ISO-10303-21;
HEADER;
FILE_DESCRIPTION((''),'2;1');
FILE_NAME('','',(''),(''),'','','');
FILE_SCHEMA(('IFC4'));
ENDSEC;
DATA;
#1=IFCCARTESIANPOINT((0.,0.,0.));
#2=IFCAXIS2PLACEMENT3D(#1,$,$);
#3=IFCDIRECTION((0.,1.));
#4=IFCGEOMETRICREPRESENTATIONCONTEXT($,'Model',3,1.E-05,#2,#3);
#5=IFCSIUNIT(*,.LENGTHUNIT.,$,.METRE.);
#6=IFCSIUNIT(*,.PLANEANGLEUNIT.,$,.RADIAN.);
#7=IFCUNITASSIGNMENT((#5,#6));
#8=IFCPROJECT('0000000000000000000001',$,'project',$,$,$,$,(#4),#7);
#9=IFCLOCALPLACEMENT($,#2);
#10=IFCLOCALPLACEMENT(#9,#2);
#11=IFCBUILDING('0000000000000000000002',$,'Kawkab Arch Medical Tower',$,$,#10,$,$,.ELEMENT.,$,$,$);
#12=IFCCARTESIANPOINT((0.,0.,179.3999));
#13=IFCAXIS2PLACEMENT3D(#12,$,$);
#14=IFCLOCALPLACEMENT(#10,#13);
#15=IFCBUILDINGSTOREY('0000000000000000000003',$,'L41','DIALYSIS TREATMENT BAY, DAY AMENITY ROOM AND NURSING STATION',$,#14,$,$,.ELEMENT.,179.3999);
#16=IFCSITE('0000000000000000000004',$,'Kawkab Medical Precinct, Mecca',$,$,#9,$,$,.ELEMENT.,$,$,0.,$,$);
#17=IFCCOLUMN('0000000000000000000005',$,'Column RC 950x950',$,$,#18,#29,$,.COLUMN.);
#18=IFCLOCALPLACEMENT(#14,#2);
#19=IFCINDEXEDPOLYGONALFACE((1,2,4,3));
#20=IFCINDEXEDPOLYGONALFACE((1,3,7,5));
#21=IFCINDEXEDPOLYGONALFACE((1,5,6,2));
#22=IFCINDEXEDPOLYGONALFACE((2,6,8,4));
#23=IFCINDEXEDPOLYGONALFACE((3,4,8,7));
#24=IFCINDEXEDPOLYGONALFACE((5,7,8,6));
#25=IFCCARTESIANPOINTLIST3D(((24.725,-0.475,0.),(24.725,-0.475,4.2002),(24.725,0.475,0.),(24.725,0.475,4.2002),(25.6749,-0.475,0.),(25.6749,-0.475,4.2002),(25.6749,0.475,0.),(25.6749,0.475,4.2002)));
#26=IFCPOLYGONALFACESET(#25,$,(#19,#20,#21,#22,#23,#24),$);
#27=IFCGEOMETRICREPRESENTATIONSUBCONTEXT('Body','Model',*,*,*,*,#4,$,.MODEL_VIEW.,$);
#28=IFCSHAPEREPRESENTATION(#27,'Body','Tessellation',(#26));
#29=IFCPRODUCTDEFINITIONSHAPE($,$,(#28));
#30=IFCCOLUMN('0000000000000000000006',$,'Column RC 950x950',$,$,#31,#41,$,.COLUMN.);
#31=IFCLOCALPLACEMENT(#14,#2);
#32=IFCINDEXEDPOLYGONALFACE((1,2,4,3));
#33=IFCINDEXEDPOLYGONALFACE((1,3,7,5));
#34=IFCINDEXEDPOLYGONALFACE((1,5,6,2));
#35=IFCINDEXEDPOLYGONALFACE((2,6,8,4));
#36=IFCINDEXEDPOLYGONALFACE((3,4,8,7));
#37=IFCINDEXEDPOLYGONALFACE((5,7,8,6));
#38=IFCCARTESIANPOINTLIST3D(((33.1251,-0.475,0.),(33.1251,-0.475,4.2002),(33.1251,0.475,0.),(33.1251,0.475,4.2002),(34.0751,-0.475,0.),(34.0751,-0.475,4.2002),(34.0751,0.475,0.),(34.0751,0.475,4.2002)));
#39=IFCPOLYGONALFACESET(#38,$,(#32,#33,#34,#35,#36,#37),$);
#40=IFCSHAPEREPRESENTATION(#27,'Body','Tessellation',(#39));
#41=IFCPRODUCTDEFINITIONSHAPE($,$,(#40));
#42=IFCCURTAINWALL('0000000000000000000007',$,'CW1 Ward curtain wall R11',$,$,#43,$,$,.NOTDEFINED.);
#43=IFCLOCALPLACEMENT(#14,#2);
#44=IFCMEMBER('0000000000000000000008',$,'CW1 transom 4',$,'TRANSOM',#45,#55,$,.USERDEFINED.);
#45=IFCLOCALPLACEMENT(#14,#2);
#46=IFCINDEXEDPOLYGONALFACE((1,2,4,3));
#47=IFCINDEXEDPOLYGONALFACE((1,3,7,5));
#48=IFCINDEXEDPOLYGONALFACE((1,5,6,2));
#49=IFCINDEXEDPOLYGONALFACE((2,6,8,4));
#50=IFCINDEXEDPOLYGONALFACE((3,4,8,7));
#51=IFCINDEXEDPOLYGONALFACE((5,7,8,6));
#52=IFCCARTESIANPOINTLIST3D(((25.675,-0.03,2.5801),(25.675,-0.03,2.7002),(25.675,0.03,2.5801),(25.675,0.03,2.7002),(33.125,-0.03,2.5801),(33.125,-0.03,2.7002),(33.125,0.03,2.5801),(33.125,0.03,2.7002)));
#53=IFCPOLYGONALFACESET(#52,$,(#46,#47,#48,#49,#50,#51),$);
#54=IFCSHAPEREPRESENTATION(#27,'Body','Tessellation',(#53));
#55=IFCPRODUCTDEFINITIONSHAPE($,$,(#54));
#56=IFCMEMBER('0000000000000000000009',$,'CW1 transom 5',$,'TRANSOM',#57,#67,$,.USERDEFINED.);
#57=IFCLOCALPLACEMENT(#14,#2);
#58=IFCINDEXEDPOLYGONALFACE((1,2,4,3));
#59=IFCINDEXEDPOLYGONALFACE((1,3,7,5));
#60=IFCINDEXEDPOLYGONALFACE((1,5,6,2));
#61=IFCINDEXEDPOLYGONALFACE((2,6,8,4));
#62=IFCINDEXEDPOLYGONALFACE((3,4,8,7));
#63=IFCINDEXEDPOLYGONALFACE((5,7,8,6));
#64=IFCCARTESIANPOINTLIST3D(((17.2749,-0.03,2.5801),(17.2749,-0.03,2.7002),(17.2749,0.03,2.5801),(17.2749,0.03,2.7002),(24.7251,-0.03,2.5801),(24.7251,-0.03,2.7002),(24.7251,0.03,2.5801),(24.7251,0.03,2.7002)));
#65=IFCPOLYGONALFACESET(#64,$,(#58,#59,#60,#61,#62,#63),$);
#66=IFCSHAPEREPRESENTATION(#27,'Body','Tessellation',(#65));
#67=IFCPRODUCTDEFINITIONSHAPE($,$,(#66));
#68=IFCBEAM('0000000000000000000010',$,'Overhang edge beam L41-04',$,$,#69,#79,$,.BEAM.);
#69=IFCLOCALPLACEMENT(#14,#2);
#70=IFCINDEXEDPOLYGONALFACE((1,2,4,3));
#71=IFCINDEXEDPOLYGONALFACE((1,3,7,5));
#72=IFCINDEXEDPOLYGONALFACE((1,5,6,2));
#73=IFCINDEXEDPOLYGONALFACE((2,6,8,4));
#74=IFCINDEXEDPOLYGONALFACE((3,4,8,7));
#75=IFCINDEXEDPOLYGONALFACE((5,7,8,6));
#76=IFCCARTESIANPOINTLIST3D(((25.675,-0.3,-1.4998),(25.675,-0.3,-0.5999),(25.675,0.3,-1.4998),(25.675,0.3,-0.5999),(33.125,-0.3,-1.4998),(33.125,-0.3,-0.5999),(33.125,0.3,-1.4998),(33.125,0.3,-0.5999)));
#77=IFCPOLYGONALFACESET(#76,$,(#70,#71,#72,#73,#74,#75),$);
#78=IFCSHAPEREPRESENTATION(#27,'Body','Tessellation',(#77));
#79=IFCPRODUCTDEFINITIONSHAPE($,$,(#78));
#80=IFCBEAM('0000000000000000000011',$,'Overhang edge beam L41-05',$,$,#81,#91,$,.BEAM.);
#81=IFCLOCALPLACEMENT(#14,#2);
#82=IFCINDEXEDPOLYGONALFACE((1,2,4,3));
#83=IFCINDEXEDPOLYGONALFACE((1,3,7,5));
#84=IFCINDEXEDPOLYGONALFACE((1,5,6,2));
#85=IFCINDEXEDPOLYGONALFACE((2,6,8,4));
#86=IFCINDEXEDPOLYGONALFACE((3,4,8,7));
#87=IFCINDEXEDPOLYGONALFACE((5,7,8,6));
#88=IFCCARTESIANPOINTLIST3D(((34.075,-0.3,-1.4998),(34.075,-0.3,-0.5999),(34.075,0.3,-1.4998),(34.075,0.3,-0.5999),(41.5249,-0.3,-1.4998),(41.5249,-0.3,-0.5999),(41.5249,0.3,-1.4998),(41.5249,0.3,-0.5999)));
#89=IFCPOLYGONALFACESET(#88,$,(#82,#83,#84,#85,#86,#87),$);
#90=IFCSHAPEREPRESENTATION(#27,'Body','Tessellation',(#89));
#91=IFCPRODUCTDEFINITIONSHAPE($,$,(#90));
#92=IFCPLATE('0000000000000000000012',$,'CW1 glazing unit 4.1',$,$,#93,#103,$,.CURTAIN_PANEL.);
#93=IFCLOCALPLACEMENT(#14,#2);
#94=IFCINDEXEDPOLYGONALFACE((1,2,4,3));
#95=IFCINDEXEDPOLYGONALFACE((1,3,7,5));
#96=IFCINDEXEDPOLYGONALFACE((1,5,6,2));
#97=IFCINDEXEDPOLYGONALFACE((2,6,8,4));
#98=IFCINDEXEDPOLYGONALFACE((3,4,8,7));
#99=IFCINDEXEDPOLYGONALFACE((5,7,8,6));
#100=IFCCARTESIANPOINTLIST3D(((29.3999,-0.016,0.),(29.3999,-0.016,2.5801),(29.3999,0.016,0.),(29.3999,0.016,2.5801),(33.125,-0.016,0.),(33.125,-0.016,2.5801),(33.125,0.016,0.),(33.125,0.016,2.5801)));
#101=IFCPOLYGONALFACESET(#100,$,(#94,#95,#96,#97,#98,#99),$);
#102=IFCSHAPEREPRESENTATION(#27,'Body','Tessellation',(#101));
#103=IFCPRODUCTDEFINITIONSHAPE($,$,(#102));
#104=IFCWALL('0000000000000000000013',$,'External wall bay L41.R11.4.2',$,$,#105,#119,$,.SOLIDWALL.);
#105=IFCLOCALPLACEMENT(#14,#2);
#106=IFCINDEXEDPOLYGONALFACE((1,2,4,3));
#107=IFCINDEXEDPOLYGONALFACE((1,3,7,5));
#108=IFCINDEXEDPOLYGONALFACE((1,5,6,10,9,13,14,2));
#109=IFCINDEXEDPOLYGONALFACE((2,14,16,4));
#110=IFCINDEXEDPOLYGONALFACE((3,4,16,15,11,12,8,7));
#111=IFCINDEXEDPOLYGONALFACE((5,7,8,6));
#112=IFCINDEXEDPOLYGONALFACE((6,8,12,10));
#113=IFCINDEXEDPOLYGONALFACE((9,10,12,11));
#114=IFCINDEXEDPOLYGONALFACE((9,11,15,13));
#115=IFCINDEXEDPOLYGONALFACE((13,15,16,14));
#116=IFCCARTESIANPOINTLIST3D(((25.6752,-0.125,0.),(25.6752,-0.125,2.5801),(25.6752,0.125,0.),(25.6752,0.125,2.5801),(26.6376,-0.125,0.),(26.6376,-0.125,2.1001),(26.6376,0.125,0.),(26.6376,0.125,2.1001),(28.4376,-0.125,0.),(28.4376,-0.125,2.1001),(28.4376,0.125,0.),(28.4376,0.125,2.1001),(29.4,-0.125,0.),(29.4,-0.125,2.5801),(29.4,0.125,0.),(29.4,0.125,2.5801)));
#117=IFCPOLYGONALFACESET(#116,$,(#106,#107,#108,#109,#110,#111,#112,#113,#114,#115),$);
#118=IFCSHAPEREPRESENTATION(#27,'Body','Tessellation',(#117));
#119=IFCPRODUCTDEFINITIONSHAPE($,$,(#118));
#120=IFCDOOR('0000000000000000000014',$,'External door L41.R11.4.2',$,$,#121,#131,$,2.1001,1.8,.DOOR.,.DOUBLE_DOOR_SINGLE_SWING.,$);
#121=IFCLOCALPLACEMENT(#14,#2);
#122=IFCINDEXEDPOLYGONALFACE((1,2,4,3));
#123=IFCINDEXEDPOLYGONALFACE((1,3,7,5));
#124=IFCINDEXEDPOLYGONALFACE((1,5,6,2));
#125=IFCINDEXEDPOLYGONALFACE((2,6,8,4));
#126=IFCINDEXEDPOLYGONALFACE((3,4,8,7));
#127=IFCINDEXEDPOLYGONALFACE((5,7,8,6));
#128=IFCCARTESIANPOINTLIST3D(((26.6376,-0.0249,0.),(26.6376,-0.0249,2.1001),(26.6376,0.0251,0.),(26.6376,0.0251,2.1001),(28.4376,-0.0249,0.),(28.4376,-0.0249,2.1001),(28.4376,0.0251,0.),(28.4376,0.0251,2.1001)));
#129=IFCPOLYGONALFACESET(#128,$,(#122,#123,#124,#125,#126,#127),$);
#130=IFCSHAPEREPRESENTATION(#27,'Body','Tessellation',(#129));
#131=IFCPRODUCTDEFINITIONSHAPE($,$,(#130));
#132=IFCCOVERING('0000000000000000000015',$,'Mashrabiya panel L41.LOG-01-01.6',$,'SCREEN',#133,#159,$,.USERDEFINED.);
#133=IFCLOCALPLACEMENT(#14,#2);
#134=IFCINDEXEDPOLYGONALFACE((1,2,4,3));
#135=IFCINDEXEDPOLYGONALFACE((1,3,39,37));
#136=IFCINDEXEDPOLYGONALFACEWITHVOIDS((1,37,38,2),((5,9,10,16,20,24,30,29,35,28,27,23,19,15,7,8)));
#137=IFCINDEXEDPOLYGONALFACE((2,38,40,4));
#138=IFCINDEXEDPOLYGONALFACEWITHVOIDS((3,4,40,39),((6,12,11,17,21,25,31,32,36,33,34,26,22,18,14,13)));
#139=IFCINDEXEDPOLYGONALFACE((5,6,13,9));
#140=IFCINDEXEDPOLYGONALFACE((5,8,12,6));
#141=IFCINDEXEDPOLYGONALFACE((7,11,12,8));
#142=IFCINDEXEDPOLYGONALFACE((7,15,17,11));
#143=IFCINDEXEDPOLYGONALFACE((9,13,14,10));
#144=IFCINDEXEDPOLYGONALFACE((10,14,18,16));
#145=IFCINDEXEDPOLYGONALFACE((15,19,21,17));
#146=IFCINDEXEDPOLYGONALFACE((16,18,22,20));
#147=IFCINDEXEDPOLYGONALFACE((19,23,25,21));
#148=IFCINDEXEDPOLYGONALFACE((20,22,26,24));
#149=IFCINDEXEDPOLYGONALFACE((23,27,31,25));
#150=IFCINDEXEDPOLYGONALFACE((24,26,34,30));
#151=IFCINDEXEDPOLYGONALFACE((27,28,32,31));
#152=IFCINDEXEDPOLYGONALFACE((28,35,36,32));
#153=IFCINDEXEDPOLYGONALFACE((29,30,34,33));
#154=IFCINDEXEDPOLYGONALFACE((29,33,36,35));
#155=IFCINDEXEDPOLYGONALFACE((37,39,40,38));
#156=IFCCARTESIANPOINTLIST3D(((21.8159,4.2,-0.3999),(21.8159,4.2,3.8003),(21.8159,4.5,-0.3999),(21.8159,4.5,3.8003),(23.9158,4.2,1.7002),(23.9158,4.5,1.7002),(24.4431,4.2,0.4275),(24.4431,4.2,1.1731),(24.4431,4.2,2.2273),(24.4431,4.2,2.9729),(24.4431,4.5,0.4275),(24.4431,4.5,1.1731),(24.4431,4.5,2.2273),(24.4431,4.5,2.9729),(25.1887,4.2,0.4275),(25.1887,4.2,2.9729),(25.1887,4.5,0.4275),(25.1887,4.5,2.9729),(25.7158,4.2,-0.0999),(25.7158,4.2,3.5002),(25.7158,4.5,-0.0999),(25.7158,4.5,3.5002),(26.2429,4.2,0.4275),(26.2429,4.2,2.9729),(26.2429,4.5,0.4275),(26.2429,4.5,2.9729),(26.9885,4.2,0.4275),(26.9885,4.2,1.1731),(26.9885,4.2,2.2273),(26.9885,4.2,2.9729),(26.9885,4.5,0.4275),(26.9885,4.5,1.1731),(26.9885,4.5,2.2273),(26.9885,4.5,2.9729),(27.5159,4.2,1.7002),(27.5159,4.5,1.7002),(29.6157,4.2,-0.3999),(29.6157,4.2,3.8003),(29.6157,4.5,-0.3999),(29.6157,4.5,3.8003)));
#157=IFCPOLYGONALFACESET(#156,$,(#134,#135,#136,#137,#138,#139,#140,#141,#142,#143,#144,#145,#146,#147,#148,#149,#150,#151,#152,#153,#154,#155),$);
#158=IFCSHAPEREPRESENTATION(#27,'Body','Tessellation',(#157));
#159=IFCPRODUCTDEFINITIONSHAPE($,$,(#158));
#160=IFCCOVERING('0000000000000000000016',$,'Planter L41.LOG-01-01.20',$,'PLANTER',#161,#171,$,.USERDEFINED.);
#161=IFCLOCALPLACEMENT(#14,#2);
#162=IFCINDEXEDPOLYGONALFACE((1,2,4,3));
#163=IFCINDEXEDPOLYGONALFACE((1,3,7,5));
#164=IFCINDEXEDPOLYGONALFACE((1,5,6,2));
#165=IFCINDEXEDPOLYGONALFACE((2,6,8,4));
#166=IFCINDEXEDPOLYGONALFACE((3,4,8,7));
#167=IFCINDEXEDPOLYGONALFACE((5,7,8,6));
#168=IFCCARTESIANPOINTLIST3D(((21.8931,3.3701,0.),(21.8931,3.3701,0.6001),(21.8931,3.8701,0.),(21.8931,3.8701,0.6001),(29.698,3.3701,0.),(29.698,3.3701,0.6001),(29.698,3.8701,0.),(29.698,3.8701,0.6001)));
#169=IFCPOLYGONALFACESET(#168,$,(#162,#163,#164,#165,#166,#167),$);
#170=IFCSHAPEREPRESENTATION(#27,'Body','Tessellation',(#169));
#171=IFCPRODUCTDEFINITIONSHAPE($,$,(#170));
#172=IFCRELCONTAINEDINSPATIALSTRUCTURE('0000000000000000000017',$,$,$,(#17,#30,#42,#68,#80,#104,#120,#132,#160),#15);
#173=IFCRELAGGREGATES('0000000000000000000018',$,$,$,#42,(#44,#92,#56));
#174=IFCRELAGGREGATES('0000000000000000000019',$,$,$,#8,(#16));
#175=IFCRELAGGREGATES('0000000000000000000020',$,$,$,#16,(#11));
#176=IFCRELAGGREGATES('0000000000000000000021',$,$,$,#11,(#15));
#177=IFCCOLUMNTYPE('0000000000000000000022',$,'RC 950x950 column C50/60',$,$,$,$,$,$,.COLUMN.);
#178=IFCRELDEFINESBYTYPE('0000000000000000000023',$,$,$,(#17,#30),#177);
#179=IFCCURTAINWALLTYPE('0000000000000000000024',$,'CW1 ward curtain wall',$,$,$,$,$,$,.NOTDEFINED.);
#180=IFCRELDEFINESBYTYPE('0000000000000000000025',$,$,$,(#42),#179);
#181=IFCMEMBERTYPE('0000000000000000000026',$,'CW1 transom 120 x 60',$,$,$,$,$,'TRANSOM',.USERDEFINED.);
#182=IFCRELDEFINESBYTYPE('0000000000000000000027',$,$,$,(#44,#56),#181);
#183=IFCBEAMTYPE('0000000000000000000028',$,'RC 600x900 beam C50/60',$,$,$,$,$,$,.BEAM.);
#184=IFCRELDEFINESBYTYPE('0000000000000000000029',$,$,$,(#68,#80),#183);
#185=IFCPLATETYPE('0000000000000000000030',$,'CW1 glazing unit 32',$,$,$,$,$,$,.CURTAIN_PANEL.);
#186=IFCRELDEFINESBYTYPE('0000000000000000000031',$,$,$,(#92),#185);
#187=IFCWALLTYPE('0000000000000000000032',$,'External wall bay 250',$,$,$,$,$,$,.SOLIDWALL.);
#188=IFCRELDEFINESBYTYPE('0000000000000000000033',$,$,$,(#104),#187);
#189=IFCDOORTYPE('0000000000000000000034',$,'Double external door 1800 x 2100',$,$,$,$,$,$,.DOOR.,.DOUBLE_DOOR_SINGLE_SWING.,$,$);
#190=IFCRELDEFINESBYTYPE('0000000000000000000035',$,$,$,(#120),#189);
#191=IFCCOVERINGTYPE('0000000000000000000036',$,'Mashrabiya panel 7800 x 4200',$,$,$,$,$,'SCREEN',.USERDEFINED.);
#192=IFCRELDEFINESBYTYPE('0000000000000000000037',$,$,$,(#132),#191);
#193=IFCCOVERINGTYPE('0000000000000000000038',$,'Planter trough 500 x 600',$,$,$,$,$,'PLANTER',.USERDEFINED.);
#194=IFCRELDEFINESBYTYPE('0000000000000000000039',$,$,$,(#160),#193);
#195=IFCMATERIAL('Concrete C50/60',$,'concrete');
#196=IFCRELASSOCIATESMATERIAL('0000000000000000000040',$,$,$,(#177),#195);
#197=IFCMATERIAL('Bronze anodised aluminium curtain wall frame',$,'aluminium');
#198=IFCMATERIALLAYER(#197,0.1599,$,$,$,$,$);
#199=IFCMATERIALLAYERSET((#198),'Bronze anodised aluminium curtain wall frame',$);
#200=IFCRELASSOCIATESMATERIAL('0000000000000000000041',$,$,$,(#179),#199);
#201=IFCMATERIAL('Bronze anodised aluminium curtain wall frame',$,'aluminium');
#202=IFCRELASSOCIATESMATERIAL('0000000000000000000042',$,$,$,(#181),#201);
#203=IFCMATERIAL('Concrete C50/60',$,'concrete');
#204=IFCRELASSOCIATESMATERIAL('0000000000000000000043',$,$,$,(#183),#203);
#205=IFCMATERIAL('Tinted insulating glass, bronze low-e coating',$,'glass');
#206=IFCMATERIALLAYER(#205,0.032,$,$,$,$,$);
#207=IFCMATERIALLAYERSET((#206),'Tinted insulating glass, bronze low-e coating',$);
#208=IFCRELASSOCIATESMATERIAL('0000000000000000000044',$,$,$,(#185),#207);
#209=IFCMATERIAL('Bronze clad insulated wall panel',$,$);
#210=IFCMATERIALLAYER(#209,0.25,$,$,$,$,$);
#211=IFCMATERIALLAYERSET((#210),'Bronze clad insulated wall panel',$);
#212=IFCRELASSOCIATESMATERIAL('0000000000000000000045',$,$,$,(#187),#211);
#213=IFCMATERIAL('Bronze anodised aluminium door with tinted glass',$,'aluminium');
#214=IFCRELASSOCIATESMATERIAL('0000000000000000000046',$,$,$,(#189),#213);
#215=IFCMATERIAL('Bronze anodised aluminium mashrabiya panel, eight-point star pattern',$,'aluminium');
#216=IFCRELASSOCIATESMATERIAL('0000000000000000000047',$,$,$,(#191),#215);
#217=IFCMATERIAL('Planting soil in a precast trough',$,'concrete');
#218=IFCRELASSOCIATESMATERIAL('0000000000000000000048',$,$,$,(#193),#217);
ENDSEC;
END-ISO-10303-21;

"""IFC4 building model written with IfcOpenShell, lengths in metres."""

from ifc_helpers import new_model, si_unit, direction, frame, frame_2d, origin, origin_2d, place, context, subcontext, project, spatial, polyline, rectangle, outline, extrude, material, layer, layer_set, material_profile, profile_set, type_object, element, fill, aggregate, save


model = new_model("IFC4")

# Units and contexts
model_context = context("Model", 3, precision=1e-05, world=origin(), true_north=direction((0.0, 1.0)))
body_context = subcontext(model_context, "Body", "Model", "MODEL_VIEW")
ifc_project = project(units=[si_unit("LENGTHUNIT", "METRE"), si_unit("PLANEANGLEUNIT", "RADIAN")], contexts=[model_context])

# Site, building, storey
site_placement = place(None, origin())
site = spatial("IfcSite", under=ifc_project, at=site_placement, Name="Kawkab Medical Precinct, Mecca", CompositionType="ELEMENT", RefElevation=0.0)
building_placement = place(site_placement, origin())
building = spatial("IfcBuilding", under=site, at=building_placement, Name="Kawkab Arch Medical Tower", CompositionType="ELEMENT")
storey_placement = place(building_placement, frame((0.0, 0.0, 179.3999)))
storey = spatial("IfcBuildingStorey", under=building, at=storey_placement, Name="L41", Description="DIALYSIS TREATMENT BAY, DAY AMENITY ROOM AND NURSING STATION", CompositionType="ELEMENT", Elevation=179.3999)

# Columns
ifc_material_1 = material(Name="Concrete C50/60", Category="concrete")
ifc_material_profile_1 = material_profile(ifc_material_1, rectangle(XDim=0.95, YDim=0.95, at=origin_2d()), Name="RC 950x950")
ifc_profile_set_1 = profile_set([ifc_material_profile_1], Name="Concrete C50/60")
column_type = type_object("IfcColumnType", Name="RC 950x950 column C50/60", PredefinedType="COLUMN", material=ifc_profile_set_1)
for number, where, z_axis, x_axis, name in (
    (1, (25.2, 0.0, 0.0), (0.0, 0.0, 1.0), (1.0, 0.0, 0.0), "Column RC 950x950"),
    (2, (33.6001, 0.0, 0.0), (0.0, 0.0, 1.0), (1.0, 0.0, 0.0), "Column RC 950x950"),
):
    element("IfcColumn", number, at=place(storey_placement, frame(where, z_axis=z_axis, x_axis=x_axis)), inside=storey, type_object=column_type, Name=name, PredefinedType="COLUMN", context=body_context, shape_type="SweptSolid", body=[
        extrude(rectangle(XDim=0.95, YDim=0.95, at=origin_2d()), origin(), (0.0, 0.0, 1.0), 4.2002),
    ])

# Curtain wall, members
ifc_material_2 = material(Name="Bronze anodised aluminium curtain wall frame", Category="aluminium")
ifc_layer_1 = layer(ifc_material_2, 0.1599)
ifc_layer_set_1 = layer_set([ifc_layer_1], Name="Bronze anodised aluminium curtain wall frame")
curtain_wall_type = type_object("IfcCurtainWallType", Name="CW1 ward curtain wall", PredefinedType="NOTDEFINED", material=ifc_layer_set_1)
curtain_wall_placement = place(storey_placement, origin())
curtain_wall = element("IfcCurtainWall", 3, at=curtain_wall_placement, inside=storey, type_object=curtain_wall_type, Name="CW1 Ward curtain wall R11", PredefinedType="NOTDEFINED")
ifc_material_3 = material(Name="Bronze anodised aluminium curtain wall frame", Category="aluminium")
ifc_material_profile_2 = material_profile(ifc_material_3, rectangle(XDim=0.0601, YDim=0.1201, at=origin_2d()), Name="AL 60x120")
ifc_profile_set_2 = profile_set([ifc_material_profile_2], Name="Bronze anodised aluminium curtain wall frame")
member_type = type_object("IfcMemberType", Name="CW1 transom 120 x 60", ElementType="TRANSOM", PredefinedType="USERDEFINED", material=ifc_profile_set_2)
member_1_placement = place(storey_placement, frame((33.125, 0.0, 2.6401), z_axis=(-1.0, 0.0, 0.0), x_axis=(0.0, -1.0, 0.0)))
member_1 = element("IfcMember", 4, at=member_1_placement, type_object=member_type, Name="CW1 transom 4", ObjectType="TRANSOM", PredefinedType="USERDEFINED", context=body_context, shape_type="SweptSolid", body=[
    extrude(rectangle(XDim=0.0601, YDim=0.1201, at=origin_2d()), origin(), (0.0, 0.0, 1.0), 7.45),
])
member_2_placement = place(storey_placement, frame((24.7251, 0.0, 2.6401), z_axis=(-1.0, 0.0, 0.0), x_axis=(0.0, -1.0, 0.0)))
member_2 = element("IfcMember", 5, at=member_2_placement, type_object=member_type, Name="CW1 transom 5", ObjectType="TRANSOM", PredefinedType="USERDEFINED", context=body_context, shape_type="SweptSolid", body=[
    extrude(rectangle(XDim=0.0601, YDim=0.1201, at=origin_2d()), origin(), (0.0, 0.0, 1.0), 7.4502),
])

# Beams
ifc_material_4 = material(Name="Concrete C50/60", Category="concrete")
ifc_material_profile_3 = material_profile(ifc_material_4, rectangle(XDim=0.6001, YDim=0.8999, at=origin_2d()), Name="RC 600x900")
ifc_profile_set_3 = profile_set([ifc_material_profile_3], Name="Concrete C50/60")
beam_type = type_object("IfcBeamType", Name="RC 600x900 beam C50/60", PredefinedType="BEAM", material=ifc_profile_set_3)
for number, where, z_axis, x_axis, name in (
    (6, (25.675, 0.0, -1.0498), (1.0, 0.0, 0.0), (0.0, 1.0, 0.0), "Overhang edge beam L41-04"),
    (7, (34.075, 0.0, -1.0498), (1.0, 0.0, 0.0), (0.0, 1.0, 0.0), "Overhang edge beam L41-05"),
):
    element("IfcBeam", number, at=place(storey_placement, frame(where, z_axis=z_axis, x_axis=x_axis)), inside=storey, type_object=beam_type, Name=name, PredefinedType="BEAM", context=body_context, shape_type="SweptSolid", body=[
        extrude(rectangle(XDim=0.6001, YDim=0.8999, at=origin_2d()), origin(), (0.0, 0.0, 1.0), 7.45),
    ])

# Plate
ifc_material_5 = material(Name="Tinted insulating glass, bronze low-e coating", Category="glass")
ifc_layer_2 = layer(ifc_material_5, 0.032)
ifc_layer_set_2 = layer_set([ifc_layer_2], Name="Tinted insulating glass, bronze low-e coating")
plate_type = type_object("IfcPlateType", Name="CW1 glazing unit 32", PredefinedType="CURTAIN_PANEL", material=ifc_layer_set_2)
plate_placement = place(storey_placement, frame((31.2625, 0.0, 0.0), z_axis=(0.0, 0.0, 1.0), x_axis=(-1.0, 0.0, 0.0)))
plate = element("IfcPlate", 8, at=plate_placement, type_object=plate_type, Name="CW1 glazing unit 4.1", PredefinedType="CURTAIN_PANEL", context=body_context, shape_type="SweptSolid", body=[
    extrude(rectangle(XDim=3.7251, YDim=0.032, at=origin_2d()), origin(), (0.0, 0.0, 1.0), 2.5801),
])
aggregate(curtain_wall, [member_1, plate, member_2])

# Wall, opening, door
ifc_material_6 = material(Name="Bronze clad insulated wall panel")
ifc_layer_3 = layer(ifc_material_6, 0.25)
ifc_layer_set_3 = layer_set([ifc_layer_3], Name="Bronze clad insulated wall panel")
wall_type = type_object("IfcWallType", Name="External wall bay 250", PredefinedType="SOLIDWALL", material=ifc_layer_set_3)
wall_placement = place(storey_placement, frame((29.3999, 0.0, 0.0), z_axis=(0.0, 0.0, 1.0), x_axis=(-1.0, 0.0, 0.0)))
wall = element("IfcWall", 9, at=wall_placement, inside=storey, type_object=wall_type, Name="External wall bay L41.R11.4.2", PredefinedType="SOLIDWALL", context=body_context, shape_type="SweptSolid", body=[
    extrude(rectangle(XDim=3.7249, YDim=0.25, at=frame_2d((1.8623, 0.0))), origin(), (0.0, 0.0, 1.0), 2.5801),
])
opening_placement = place(wall_placement, frame((0.9624, 0.0, 0.0)))
opening = element("IfcOpeningElement", 10, at=opening_placement, cuts=wall, PredefinedType="OPENING", context=body_context, shape_type="SweptSolid", body=[
    extrude(rectangle(XDim=1.8, YDim=2.1001, at=frame_2d((0.8999, 1.05))), frame((0.0, 0.135, 0.0), z_axis=(0.0, -1.0, 0.0), x_axis=(1.0, 0.0, 0.0)), (0.0, 0.0, 1.0), 0.27),
])
ifc_material_7 = material(Name="Bronze anodised aluminium door with tinted glass", Category="aluminium")
door_type = type_object("IfcDoorType", Name="Double external door 1800 x 2100", OperationType="DOUBLE_DOOR_SINGLE_SWING", PredefinedType="DOOR", material=ifc_material_7)
door_placement = place(opening_placement, origin())
door = element("IfcDoor", 11, at=door_placement, inside=storey, type_object=door_type, Name="External door L41.R11.4.2", OperationType="DOUBLE_DOOR_SINGLE_SWING", OverallHeight=2.1001, OverallWidth=1.8, PredefinedType="DOOR", context=body_context, shape_type="SweptSolid", body=[
    extrude(rectangle(XDim=1.8, YDim=2.1001, at=frame_2d((0.8999, 1.05))), frame((0.0, 0.0249, 0.0), z_axis=(0.0, -1.0, 0.0), x_axis=(1.0, 0.0, 0.0)), (0.0, 0.0, 1.0), 0.05),
])
fill(opening, door)

# Coverings
ifc_material_8 = material(Name="Bronze anodised aluminium mashrabiya panel, eight-point star pattern", Category="aluminium")
ifc_material_profile_4 = material_profile(ifc_material_8, outline(polyline([(-3.8999, -2.1001), (3.8999, -2.1001), (3.8999, 2.1001), (-3.8999, 2.1001), (-3.8999, -2.1001)]), holes=[polyline([(1.8, 0.0), (1.2727, 0.5271), (1.2727, 1.2727), (0.5271, 1.2727), (0.0, 1.8), (-0.5271, 1.2727), (-1.2727, 1.2727), (-1.2727, 0.5271), (-1.8, 0.0), (-1.2727, -0.5271), (-1.2727, -1.2727), (-0.5271, -1.2727), (0.0, -1.8), (0.5271, -1.2727), (1.2727, -1.2727), (1.2727, -0.5271), (1.8, 0.0)])]), Name="Mashrabiya panel 7800x4200")
ifc_profile_set_4 = profile_set([ifc_material_profile_4], Name="Bronze anodised aluminium mashrabiya panel, eight-point star pattern")
covering_type_1 = type_object("IfcCoveringType", Name="Mashrabiya panel 7800 x 4200", ElementType="SCREEN", PredefinedType="USERDEFINED", material=ifc_profile_set_4)
covering_1_placement = place(storey_placement, frame((25.7158, 4.2, 1.7002), z_axis=(0.0, 1.0, 0.0), x_axis=(-1.0, 0.0, 0.0)))
element("IfcCovering", 12, at=covering_1_placement, inside=storey, type_object=covering_type_1, Name="Mashrabiya panel L41.LOG-01-01.6", ObjectType="SCREEN", PredefinedType="USERDEFINED", context=body_context, shape_type="SweptSolid", body=[
    extrude(outline(polyline([(-3.8999, -2.1001), (3.8999, -2.1001), (3.8999, 2.1001), (-3.8999, 2.1001), (-3.8999, -2.1001)]), holes=[polyline([(1.8, 0.0), (1.2727, 0.5271), (1.2727, 1.2727), (0.5271, 1.2727), (0.0, 1.8), (-0.5271, 1.2727), (-1.2727, 1.2727), (-1.2727, 0.5271), (-1.8, 0.0), (-1.2727, -0.5271), (-1.2727, -1.2727), (-0.5271, -1.2727), (0.0, -1.8), (0.5271, -1.2727), (1.2727, -1.2727), (1.2727, -0.5271), (1.8, 0.0)])]), origin(), (0.0, 0.0, 1.0), 0.3),
])
ifc_material_9 = material(Name="Planting soil in a precast trough", Category="concrete")
ifc_material_profile_5 = material_profile(ifc_material_9, rectangle(XDim=0.5, YDim=0.6001, at=origin_2d()), Name="Trough 500x600")
ifc_profile_set_5 = profile_set([ifc_material_profile_5], Name="Planting soil in a precast trough")
covering_type_2 = type_object("IfcCoveringType", Name="Planter trough 500 x 600", ElementType="PLANTER", PredefinedType="USERDEFINED", material=ifc_profile_set_5)
covering_2_placement = place(storey_placement, frame((21.8931, 3.6201, 0.3), z_axis=(1.0, 0.0, 0.0), x_axis=(0.0, 1.0, 0.0)))
element("IfcCovering", 13, at=covering_2_placement, inside=storey, type_object=covering_type_2, Name="Planter L41.LOG-01-01.20", ObjectType="PLANTER", PredefinedType="USERDEFINED", context=body_context, shape_type="SweptSolid", body=[
    extrude(rectangle(XDim=0.5, YDim=0.6001, at=origin_2d()), origin(), (0.0, 0.0, 1.0), 7.8049),
])

save(model, "model.ifc")
